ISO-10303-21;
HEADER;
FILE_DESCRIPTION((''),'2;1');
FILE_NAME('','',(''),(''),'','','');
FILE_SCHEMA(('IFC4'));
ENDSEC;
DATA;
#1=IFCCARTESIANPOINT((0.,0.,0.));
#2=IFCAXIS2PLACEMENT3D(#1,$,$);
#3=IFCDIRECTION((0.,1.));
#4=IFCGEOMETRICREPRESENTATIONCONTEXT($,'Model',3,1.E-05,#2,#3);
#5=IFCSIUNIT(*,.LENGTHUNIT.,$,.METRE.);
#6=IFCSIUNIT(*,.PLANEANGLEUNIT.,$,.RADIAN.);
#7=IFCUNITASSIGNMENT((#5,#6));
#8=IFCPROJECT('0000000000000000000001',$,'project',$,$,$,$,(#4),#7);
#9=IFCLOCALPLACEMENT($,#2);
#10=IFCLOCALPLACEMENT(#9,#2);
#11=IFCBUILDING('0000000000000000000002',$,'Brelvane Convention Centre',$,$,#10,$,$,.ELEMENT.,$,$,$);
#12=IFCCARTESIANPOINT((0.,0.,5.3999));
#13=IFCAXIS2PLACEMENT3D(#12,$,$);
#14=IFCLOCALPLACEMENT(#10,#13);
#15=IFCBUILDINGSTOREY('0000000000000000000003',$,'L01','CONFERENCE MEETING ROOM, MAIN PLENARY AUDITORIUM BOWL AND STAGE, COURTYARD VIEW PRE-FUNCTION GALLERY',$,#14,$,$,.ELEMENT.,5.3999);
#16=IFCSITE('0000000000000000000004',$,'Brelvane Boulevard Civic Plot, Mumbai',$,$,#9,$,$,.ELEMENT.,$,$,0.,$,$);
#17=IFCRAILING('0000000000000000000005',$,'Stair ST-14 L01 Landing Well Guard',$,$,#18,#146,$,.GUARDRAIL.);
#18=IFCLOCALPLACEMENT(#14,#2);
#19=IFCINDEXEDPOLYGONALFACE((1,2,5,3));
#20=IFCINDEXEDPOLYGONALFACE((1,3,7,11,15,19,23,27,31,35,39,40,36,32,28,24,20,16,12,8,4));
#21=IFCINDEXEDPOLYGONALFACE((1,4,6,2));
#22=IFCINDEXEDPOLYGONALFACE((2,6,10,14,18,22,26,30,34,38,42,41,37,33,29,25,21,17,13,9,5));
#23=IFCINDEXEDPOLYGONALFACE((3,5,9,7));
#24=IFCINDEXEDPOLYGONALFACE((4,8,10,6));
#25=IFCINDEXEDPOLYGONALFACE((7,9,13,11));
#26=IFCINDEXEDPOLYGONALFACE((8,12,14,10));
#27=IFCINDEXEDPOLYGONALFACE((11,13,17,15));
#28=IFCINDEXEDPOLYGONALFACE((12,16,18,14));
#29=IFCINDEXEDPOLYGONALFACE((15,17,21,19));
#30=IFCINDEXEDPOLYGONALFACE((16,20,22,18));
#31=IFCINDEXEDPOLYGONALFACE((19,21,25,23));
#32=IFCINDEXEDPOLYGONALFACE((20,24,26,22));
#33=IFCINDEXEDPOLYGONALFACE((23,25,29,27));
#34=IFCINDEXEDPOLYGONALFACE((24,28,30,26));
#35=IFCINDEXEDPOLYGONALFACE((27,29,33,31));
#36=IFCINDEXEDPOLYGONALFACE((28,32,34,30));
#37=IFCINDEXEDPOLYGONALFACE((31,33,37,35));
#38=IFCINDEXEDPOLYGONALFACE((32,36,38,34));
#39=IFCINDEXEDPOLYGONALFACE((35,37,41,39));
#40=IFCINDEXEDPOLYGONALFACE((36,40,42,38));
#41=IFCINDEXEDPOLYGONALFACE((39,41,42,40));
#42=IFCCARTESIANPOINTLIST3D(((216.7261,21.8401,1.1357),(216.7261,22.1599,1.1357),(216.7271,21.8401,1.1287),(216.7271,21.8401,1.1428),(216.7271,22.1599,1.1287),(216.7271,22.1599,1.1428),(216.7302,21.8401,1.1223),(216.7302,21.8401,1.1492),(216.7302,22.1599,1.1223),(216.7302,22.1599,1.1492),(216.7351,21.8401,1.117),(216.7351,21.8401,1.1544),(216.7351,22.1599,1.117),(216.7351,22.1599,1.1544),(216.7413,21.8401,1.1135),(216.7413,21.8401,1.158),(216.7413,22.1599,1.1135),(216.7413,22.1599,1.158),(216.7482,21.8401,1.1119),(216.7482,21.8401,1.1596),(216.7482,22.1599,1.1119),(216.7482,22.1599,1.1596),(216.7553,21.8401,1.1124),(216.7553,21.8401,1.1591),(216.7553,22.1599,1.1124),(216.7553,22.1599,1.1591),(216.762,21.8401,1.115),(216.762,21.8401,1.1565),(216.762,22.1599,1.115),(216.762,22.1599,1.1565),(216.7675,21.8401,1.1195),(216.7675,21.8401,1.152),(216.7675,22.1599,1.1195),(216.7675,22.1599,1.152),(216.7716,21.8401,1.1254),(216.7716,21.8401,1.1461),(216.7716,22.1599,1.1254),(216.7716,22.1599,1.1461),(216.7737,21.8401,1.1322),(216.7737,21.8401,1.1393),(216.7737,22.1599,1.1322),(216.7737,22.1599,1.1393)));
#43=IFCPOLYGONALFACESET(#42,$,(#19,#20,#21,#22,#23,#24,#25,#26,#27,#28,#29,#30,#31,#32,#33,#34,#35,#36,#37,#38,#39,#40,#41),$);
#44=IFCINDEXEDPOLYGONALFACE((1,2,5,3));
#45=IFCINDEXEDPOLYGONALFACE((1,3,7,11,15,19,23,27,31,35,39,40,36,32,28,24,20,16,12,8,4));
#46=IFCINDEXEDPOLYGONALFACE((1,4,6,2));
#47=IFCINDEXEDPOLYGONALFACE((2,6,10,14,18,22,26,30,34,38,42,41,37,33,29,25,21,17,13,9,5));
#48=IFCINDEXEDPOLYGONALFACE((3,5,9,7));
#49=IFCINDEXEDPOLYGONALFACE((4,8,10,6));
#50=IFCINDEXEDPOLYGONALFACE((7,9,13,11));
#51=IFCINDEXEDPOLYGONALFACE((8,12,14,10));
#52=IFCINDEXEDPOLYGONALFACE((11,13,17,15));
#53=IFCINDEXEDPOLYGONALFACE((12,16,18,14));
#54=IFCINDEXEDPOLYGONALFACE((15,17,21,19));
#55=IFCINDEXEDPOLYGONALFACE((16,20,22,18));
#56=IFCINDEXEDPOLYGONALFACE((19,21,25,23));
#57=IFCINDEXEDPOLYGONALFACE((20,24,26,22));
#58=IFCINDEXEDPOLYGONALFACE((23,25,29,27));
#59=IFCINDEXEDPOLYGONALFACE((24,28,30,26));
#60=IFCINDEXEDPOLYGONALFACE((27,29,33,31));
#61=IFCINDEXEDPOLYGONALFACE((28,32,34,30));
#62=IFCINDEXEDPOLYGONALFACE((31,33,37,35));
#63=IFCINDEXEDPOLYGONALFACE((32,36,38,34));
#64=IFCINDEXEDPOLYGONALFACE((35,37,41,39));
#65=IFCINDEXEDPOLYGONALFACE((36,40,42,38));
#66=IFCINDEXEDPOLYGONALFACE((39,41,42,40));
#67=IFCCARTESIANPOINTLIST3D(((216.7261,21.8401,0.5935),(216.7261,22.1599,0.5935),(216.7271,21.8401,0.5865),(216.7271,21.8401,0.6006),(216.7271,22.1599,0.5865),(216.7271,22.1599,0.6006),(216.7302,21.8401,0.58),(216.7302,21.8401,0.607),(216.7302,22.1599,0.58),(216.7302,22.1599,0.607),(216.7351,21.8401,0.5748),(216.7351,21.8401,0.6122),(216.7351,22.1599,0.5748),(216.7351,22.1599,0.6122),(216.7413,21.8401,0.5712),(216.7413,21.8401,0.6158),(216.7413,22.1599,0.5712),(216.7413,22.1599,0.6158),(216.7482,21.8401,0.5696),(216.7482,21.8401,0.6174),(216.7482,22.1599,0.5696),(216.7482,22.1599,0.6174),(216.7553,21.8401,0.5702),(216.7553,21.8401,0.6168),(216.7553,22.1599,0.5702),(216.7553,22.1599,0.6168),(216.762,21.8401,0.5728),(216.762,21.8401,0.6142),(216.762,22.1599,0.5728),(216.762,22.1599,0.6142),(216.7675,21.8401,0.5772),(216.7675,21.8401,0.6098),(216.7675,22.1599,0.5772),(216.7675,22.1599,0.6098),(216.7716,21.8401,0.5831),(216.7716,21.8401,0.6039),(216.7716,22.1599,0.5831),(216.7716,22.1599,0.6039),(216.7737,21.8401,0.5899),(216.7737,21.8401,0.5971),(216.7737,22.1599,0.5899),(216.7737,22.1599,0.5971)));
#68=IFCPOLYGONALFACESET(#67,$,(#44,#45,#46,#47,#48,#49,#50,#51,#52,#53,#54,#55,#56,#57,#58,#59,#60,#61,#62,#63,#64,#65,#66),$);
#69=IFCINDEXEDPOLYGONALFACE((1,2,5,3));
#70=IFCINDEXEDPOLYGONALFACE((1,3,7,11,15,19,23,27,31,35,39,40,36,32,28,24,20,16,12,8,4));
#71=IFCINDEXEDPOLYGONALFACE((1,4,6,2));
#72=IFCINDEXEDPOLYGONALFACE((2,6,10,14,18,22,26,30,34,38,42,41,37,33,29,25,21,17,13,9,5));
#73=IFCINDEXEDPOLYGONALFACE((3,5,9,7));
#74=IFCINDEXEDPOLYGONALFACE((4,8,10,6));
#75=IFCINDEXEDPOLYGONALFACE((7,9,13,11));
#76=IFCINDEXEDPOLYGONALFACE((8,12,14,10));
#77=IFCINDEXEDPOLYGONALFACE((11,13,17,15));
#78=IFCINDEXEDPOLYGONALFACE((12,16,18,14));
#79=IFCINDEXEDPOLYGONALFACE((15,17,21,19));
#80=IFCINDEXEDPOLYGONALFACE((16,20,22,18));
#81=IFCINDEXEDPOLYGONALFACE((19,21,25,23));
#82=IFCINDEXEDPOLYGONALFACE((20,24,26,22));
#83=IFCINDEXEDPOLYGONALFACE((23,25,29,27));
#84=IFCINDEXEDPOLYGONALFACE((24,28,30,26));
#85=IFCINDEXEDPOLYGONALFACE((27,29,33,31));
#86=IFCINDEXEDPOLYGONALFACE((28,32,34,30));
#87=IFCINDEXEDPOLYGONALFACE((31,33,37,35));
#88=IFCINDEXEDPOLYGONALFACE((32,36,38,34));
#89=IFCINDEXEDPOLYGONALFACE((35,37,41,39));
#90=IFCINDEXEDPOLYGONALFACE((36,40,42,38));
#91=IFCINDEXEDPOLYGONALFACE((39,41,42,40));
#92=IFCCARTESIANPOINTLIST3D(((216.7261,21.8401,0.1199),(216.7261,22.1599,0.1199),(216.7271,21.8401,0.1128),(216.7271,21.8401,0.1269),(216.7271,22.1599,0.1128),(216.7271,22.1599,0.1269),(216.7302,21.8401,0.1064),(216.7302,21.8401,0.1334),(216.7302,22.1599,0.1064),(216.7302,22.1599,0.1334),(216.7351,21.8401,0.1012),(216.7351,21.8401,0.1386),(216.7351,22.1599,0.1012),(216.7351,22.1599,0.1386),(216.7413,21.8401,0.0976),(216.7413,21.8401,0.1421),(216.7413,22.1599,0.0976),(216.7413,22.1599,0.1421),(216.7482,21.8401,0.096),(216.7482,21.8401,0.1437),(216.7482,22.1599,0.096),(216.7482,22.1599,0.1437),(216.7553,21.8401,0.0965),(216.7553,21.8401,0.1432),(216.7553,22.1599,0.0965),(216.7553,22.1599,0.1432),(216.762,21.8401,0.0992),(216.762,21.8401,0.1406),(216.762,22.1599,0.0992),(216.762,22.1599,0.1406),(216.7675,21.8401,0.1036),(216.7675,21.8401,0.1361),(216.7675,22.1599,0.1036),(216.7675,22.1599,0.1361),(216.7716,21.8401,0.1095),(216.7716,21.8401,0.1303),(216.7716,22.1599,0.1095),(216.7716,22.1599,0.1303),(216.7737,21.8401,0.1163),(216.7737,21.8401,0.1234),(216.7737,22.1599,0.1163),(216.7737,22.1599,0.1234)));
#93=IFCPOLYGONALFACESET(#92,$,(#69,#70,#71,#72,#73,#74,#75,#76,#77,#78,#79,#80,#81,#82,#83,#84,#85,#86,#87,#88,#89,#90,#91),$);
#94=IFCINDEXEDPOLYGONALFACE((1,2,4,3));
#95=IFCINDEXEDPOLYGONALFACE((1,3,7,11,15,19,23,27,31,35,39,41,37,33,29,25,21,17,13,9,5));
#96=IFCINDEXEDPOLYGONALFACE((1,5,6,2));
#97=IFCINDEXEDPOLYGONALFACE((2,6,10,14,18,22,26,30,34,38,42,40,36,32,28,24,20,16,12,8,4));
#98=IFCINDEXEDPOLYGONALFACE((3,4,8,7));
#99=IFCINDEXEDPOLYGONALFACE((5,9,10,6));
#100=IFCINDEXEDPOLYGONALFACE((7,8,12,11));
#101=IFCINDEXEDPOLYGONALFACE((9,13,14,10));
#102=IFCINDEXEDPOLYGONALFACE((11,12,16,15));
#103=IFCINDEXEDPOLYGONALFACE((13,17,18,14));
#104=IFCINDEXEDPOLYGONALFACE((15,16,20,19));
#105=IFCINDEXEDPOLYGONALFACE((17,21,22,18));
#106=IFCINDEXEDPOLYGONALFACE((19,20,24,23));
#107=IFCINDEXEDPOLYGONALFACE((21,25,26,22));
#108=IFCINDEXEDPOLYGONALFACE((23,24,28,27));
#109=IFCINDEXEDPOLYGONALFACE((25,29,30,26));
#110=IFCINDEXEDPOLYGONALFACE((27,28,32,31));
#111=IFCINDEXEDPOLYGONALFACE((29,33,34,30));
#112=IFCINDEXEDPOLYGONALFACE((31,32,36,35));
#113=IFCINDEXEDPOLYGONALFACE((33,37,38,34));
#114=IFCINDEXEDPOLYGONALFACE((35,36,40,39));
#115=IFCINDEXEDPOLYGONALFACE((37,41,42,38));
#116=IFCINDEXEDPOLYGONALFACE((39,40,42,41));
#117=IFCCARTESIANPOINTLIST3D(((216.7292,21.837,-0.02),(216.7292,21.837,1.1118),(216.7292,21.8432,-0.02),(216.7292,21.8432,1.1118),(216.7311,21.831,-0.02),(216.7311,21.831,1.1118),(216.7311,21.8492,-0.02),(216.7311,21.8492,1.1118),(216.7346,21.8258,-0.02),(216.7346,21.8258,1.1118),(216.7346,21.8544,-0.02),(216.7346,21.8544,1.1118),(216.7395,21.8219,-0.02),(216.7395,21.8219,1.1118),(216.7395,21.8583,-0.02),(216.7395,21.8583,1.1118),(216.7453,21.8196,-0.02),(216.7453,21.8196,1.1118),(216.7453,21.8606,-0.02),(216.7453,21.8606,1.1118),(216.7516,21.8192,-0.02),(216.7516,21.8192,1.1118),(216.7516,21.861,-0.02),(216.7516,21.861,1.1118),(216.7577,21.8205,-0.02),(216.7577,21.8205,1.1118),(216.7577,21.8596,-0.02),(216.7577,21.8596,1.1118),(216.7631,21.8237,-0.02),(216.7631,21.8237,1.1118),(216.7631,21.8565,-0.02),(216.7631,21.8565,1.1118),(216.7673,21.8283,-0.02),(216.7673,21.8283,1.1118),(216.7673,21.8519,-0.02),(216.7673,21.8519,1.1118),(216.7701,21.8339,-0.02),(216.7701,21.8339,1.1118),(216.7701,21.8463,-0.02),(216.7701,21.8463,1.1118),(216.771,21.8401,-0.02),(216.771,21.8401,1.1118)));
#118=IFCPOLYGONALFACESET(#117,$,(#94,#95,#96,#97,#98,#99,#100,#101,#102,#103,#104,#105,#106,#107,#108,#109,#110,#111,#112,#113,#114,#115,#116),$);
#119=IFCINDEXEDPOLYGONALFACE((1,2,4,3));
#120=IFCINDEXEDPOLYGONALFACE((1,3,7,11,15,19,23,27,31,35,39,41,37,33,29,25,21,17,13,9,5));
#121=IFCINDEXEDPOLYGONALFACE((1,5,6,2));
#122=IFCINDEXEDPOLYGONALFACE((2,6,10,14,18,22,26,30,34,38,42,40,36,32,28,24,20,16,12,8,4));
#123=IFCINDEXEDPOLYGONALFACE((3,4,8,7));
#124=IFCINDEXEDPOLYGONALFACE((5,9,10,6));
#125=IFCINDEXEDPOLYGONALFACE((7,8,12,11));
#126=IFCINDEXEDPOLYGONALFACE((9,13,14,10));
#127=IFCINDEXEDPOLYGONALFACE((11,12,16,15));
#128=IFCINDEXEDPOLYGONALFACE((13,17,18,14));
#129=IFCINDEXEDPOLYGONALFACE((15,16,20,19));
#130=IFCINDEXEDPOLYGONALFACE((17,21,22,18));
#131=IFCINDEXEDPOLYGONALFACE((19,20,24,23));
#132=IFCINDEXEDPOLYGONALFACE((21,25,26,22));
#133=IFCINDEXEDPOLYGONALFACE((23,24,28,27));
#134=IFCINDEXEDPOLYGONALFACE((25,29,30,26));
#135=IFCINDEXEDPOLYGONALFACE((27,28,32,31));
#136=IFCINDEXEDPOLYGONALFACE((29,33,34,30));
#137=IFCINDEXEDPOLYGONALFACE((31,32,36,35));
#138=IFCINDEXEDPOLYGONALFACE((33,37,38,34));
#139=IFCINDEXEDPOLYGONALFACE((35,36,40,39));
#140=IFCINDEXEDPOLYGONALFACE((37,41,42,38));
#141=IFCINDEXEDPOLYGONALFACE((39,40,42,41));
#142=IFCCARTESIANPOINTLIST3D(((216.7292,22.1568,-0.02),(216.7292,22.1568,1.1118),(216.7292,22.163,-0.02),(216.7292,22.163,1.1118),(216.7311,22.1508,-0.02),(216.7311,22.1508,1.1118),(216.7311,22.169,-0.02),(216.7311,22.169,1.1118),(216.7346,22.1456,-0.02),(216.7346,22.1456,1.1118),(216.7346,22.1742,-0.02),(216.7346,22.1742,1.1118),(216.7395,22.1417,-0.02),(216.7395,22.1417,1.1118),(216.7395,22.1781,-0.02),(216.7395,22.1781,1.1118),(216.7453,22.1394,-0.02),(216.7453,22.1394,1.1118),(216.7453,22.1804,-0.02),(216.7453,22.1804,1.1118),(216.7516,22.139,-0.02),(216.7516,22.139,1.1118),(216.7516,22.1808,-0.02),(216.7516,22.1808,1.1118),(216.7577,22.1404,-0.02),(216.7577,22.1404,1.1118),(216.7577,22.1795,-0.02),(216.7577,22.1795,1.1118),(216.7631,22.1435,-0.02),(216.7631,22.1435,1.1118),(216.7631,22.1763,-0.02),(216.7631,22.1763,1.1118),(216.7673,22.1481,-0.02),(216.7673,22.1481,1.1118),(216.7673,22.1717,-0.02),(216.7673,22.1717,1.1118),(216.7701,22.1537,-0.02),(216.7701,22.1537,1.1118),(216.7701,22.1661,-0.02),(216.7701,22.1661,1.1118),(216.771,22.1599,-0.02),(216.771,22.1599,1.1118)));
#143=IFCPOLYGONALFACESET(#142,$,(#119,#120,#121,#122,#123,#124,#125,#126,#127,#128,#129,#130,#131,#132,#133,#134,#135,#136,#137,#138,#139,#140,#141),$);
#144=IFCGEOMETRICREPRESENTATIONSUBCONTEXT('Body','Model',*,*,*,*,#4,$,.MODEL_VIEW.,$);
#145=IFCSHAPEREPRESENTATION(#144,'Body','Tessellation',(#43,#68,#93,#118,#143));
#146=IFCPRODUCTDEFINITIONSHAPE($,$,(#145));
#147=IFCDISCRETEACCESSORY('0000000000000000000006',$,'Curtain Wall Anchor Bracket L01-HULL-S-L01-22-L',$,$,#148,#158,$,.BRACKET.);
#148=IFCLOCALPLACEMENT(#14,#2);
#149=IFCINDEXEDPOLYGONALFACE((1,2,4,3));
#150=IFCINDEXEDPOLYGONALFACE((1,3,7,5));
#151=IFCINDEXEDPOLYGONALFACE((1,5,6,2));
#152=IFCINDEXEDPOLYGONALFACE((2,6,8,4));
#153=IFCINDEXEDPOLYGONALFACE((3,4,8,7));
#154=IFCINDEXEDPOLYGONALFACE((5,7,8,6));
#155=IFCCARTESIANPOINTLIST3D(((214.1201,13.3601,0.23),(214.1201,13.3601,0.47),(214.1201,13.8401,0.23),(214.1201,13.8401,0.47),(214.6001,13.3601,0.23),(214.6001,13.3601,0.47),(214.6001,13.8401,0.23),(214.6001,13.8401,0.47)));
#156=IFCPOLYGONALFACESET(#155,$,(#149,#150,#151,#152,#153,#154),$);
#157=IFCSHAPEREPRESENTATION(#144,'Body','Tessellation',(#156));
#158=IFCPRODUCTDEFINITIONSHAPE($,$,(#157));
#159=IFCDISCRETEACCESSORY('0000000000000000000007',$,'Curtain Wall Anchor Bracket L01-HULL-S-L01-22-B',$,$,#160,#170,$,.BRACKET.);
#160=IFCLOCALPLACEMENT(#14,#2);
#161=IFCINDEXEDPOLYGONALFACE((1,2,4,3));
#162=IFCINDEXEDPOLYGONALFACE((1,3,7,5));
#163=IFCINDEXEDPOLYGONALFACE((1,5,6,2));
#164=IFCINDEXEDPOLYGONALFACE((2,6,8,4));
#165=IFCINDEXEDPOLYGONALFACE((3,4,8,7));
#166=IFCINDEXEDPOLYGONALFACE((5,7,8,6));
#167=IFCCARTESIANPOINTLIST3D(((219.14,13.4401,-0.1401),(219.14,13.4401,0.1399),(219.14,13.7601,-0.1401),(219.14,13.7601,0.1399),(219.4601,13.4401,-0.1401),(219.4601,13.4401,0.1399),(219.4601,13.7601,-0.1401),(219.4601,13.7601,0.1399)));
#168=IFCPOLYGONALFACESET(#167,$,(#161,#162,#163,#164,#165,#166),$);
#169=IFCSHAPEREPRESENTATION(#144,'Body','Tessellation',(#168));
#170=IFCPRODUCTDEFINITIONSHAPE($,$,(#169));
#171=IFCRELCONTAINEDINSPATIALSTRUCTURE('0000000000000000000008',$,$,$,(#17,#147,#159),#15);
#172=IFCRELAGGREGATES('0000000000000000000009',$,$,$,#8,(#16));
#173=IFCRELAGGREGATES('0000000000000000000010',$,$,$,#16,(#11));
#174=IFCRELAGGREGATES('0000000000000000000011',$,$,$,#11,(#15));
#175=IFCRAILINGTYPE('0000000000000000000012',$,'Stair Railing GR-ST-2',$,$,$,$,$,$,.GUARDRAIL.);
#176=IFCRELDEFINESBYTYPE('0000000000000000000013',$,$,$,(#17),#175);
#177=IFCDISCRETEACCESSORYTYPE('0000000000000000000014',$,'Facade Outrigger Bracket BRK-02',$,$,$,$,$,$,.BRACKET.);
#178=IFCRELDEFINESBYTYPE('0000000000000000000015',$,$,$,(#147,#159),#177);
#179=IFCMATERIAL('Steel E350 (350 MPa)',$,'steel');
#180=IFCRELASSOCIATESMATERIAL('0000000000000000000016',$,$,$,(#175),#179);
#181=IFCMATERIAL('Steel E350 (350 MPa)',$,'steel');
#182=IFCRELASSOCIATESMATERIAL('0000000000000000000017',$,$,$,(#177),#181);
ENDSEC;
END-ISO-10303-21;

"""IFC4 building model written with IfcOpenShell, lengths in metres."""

from ifc_helpers import new_model, si_unit, direction, frame, origin, origin_2d, place, context, subcontext, project, spatial, rectangle, circle, extrude, material, type_object, element, save


model = new_model("IFC4")

# Units and contexts
model_context = context("Model", 3, precision=1e-05, world=origin(), true_north=direction((0.0, 1.0)))
body_context = subcontext(model_context, "Body", "Model", "MODEL_VIEW")
ifc_project = project(units=[si_unit("LENGTHUNIT", "METRE"), si_unit("PLANEANGLEUNIT", "RADIAN")], contexts=[model_context])

# Site, building, storey
site_placement = place(None, origin())
site = spatial("IfcSite", under=ifc_project, at=site_placement, Name="Brelvane Boulevard Civic Plot, Mumbai", CompositionType="ELEMENT", RefElevation=0.0)
building_placement = place(site_placement, origin())
building = spatial("IfcBuilding", under=site, at=building_placement, Name="Brelvane Convention Centre", CompositionType="ELEMENT")
storey_placement = place(building_placement, frame((0.0, 0.0, 5.3999)))
storey = spatial("IfcBuildingStorey", under=building, at=storey_placement, Name="L01", Description="CONFERENCE MEETING ROOM, MAIN PLENARY AUDITORIUM BOWL AND STAGE, COURTYARD VIEW PRE-FUNCTION GALLERY", CompositionType="ELEMENT", Elevation=5.3999)

# Railing
ifc_material_1 = material(Name="Steel E350 (350 MPa)", Category="steel")
railing_type_1 = type_object("IfcRailingType", Name="Stair Railing GR-ST-2", PredefinedType="GUARDRAIL", material=ifc_material_1)
railing_1_placement = place(storey_placement, frame((216.75, 21.8401, -0.02)))
element("IfcRailing", 1, at=railing_1_placement, inside=storey, type_object=railing_type_1, Name="Stair ST-14 L01 Landing Well Guard", PredefinedType="GUARDRAIL", context=body_context, shape_type="SweptSolid", body=[
    extrude(circle(Radius=0.0239, at=origin_2d()), frame((0.0, 0.0, 1.1558), z_axis=(0.0, 1.0, 0.0), x_axis=(-1.0, 0.0, 0.0)), (0.0, 0.0, 1.0), 0.3198),
    extrude(circle(Radius=0.0239, at=origin_2d()), frame((0.0, 0.0, 0.6135), z_axis=(0.0, 1.0, 0.0), x_axis=(-1.0, 0.0, 0.0)), (0.0, 0.0, 1.0), 0.3198),
    extrude(circle(Radius=0.0239, at=origin_2d()), frame((0.0, 0.0, 0.1399), z_axis=(0.0, 1.0, 0.0), x_axis=(-1.0, 0.0, 0.0)), (0.0, 0.0, 1.0), 0.3198),
    extrude(circle(Radius=0.021, at=origin_2d()), origin(), (0.0, 0.0, 1.0), 1.1318),
    extrude(circle(Radius=0.021, at=origin_2d()), frame((0.0, 0.3198, 0.0)), (0.0, 0.0, 1.0), 1.1318),
])

# Discrete accessories
ifc_material_2 = material(Name="Steel E350 (350 MPa)", Category="steel")
discrete_accessory_type = type_object("IfcDiscreteAccessoryType", Name="Facade Outrigger Bracket BRK-02", PredefinedType="BRACKET", material=ifc_material_2)
discrete_accessory_1_placement = place(storey_placement, frame((214.3601, 13.6001, 0.23), z_axis=(0.0, 0.0, 1.0), x_axis=(1.0, 0.0, 0.0)))
element("IfcDiscreteAccessory", 2, at=discrete_accessory_1_placement, inside=storey, type_object=discrete_accessory_type, Name="Curtain Wall Anchor Bracket L01-HULL-S-L01-22-L", PredefinedType="BRACKET", context=body_context, shape_type="SweptSolid", body=[
    extrude(rectangle(XDim=0.48, YDim=0.48, at=origin_2d()), origin(), (0.0, 0.0, 1.0), 0.24),
])
discrete_accessory_2_placement = place(storey_placement, frame((219.3, 13.6001, -0.1401), z_axis=(0.0, 0.0, 1.0), x_axis=(1.0, 0.0, 0.0)))
element("IfcDiscreteAccessory", 3, at=discrete_accessory_2_placement, inside=storey, type_object=discrete_accessory_type, Name="Curtain Wall Anchor Bracket L01-HULL-S-L01-22-B", PredefinedType="BRACKET", context=body_context, shape_type="SweptSolid", body=[
    extrude(rectangle(XDim=0.3201, YDim=0.3201, at=origin_2d()), origin(), (0.0, 0.0, 1.0), 0.28),
])

save(model, "model.ifc")
